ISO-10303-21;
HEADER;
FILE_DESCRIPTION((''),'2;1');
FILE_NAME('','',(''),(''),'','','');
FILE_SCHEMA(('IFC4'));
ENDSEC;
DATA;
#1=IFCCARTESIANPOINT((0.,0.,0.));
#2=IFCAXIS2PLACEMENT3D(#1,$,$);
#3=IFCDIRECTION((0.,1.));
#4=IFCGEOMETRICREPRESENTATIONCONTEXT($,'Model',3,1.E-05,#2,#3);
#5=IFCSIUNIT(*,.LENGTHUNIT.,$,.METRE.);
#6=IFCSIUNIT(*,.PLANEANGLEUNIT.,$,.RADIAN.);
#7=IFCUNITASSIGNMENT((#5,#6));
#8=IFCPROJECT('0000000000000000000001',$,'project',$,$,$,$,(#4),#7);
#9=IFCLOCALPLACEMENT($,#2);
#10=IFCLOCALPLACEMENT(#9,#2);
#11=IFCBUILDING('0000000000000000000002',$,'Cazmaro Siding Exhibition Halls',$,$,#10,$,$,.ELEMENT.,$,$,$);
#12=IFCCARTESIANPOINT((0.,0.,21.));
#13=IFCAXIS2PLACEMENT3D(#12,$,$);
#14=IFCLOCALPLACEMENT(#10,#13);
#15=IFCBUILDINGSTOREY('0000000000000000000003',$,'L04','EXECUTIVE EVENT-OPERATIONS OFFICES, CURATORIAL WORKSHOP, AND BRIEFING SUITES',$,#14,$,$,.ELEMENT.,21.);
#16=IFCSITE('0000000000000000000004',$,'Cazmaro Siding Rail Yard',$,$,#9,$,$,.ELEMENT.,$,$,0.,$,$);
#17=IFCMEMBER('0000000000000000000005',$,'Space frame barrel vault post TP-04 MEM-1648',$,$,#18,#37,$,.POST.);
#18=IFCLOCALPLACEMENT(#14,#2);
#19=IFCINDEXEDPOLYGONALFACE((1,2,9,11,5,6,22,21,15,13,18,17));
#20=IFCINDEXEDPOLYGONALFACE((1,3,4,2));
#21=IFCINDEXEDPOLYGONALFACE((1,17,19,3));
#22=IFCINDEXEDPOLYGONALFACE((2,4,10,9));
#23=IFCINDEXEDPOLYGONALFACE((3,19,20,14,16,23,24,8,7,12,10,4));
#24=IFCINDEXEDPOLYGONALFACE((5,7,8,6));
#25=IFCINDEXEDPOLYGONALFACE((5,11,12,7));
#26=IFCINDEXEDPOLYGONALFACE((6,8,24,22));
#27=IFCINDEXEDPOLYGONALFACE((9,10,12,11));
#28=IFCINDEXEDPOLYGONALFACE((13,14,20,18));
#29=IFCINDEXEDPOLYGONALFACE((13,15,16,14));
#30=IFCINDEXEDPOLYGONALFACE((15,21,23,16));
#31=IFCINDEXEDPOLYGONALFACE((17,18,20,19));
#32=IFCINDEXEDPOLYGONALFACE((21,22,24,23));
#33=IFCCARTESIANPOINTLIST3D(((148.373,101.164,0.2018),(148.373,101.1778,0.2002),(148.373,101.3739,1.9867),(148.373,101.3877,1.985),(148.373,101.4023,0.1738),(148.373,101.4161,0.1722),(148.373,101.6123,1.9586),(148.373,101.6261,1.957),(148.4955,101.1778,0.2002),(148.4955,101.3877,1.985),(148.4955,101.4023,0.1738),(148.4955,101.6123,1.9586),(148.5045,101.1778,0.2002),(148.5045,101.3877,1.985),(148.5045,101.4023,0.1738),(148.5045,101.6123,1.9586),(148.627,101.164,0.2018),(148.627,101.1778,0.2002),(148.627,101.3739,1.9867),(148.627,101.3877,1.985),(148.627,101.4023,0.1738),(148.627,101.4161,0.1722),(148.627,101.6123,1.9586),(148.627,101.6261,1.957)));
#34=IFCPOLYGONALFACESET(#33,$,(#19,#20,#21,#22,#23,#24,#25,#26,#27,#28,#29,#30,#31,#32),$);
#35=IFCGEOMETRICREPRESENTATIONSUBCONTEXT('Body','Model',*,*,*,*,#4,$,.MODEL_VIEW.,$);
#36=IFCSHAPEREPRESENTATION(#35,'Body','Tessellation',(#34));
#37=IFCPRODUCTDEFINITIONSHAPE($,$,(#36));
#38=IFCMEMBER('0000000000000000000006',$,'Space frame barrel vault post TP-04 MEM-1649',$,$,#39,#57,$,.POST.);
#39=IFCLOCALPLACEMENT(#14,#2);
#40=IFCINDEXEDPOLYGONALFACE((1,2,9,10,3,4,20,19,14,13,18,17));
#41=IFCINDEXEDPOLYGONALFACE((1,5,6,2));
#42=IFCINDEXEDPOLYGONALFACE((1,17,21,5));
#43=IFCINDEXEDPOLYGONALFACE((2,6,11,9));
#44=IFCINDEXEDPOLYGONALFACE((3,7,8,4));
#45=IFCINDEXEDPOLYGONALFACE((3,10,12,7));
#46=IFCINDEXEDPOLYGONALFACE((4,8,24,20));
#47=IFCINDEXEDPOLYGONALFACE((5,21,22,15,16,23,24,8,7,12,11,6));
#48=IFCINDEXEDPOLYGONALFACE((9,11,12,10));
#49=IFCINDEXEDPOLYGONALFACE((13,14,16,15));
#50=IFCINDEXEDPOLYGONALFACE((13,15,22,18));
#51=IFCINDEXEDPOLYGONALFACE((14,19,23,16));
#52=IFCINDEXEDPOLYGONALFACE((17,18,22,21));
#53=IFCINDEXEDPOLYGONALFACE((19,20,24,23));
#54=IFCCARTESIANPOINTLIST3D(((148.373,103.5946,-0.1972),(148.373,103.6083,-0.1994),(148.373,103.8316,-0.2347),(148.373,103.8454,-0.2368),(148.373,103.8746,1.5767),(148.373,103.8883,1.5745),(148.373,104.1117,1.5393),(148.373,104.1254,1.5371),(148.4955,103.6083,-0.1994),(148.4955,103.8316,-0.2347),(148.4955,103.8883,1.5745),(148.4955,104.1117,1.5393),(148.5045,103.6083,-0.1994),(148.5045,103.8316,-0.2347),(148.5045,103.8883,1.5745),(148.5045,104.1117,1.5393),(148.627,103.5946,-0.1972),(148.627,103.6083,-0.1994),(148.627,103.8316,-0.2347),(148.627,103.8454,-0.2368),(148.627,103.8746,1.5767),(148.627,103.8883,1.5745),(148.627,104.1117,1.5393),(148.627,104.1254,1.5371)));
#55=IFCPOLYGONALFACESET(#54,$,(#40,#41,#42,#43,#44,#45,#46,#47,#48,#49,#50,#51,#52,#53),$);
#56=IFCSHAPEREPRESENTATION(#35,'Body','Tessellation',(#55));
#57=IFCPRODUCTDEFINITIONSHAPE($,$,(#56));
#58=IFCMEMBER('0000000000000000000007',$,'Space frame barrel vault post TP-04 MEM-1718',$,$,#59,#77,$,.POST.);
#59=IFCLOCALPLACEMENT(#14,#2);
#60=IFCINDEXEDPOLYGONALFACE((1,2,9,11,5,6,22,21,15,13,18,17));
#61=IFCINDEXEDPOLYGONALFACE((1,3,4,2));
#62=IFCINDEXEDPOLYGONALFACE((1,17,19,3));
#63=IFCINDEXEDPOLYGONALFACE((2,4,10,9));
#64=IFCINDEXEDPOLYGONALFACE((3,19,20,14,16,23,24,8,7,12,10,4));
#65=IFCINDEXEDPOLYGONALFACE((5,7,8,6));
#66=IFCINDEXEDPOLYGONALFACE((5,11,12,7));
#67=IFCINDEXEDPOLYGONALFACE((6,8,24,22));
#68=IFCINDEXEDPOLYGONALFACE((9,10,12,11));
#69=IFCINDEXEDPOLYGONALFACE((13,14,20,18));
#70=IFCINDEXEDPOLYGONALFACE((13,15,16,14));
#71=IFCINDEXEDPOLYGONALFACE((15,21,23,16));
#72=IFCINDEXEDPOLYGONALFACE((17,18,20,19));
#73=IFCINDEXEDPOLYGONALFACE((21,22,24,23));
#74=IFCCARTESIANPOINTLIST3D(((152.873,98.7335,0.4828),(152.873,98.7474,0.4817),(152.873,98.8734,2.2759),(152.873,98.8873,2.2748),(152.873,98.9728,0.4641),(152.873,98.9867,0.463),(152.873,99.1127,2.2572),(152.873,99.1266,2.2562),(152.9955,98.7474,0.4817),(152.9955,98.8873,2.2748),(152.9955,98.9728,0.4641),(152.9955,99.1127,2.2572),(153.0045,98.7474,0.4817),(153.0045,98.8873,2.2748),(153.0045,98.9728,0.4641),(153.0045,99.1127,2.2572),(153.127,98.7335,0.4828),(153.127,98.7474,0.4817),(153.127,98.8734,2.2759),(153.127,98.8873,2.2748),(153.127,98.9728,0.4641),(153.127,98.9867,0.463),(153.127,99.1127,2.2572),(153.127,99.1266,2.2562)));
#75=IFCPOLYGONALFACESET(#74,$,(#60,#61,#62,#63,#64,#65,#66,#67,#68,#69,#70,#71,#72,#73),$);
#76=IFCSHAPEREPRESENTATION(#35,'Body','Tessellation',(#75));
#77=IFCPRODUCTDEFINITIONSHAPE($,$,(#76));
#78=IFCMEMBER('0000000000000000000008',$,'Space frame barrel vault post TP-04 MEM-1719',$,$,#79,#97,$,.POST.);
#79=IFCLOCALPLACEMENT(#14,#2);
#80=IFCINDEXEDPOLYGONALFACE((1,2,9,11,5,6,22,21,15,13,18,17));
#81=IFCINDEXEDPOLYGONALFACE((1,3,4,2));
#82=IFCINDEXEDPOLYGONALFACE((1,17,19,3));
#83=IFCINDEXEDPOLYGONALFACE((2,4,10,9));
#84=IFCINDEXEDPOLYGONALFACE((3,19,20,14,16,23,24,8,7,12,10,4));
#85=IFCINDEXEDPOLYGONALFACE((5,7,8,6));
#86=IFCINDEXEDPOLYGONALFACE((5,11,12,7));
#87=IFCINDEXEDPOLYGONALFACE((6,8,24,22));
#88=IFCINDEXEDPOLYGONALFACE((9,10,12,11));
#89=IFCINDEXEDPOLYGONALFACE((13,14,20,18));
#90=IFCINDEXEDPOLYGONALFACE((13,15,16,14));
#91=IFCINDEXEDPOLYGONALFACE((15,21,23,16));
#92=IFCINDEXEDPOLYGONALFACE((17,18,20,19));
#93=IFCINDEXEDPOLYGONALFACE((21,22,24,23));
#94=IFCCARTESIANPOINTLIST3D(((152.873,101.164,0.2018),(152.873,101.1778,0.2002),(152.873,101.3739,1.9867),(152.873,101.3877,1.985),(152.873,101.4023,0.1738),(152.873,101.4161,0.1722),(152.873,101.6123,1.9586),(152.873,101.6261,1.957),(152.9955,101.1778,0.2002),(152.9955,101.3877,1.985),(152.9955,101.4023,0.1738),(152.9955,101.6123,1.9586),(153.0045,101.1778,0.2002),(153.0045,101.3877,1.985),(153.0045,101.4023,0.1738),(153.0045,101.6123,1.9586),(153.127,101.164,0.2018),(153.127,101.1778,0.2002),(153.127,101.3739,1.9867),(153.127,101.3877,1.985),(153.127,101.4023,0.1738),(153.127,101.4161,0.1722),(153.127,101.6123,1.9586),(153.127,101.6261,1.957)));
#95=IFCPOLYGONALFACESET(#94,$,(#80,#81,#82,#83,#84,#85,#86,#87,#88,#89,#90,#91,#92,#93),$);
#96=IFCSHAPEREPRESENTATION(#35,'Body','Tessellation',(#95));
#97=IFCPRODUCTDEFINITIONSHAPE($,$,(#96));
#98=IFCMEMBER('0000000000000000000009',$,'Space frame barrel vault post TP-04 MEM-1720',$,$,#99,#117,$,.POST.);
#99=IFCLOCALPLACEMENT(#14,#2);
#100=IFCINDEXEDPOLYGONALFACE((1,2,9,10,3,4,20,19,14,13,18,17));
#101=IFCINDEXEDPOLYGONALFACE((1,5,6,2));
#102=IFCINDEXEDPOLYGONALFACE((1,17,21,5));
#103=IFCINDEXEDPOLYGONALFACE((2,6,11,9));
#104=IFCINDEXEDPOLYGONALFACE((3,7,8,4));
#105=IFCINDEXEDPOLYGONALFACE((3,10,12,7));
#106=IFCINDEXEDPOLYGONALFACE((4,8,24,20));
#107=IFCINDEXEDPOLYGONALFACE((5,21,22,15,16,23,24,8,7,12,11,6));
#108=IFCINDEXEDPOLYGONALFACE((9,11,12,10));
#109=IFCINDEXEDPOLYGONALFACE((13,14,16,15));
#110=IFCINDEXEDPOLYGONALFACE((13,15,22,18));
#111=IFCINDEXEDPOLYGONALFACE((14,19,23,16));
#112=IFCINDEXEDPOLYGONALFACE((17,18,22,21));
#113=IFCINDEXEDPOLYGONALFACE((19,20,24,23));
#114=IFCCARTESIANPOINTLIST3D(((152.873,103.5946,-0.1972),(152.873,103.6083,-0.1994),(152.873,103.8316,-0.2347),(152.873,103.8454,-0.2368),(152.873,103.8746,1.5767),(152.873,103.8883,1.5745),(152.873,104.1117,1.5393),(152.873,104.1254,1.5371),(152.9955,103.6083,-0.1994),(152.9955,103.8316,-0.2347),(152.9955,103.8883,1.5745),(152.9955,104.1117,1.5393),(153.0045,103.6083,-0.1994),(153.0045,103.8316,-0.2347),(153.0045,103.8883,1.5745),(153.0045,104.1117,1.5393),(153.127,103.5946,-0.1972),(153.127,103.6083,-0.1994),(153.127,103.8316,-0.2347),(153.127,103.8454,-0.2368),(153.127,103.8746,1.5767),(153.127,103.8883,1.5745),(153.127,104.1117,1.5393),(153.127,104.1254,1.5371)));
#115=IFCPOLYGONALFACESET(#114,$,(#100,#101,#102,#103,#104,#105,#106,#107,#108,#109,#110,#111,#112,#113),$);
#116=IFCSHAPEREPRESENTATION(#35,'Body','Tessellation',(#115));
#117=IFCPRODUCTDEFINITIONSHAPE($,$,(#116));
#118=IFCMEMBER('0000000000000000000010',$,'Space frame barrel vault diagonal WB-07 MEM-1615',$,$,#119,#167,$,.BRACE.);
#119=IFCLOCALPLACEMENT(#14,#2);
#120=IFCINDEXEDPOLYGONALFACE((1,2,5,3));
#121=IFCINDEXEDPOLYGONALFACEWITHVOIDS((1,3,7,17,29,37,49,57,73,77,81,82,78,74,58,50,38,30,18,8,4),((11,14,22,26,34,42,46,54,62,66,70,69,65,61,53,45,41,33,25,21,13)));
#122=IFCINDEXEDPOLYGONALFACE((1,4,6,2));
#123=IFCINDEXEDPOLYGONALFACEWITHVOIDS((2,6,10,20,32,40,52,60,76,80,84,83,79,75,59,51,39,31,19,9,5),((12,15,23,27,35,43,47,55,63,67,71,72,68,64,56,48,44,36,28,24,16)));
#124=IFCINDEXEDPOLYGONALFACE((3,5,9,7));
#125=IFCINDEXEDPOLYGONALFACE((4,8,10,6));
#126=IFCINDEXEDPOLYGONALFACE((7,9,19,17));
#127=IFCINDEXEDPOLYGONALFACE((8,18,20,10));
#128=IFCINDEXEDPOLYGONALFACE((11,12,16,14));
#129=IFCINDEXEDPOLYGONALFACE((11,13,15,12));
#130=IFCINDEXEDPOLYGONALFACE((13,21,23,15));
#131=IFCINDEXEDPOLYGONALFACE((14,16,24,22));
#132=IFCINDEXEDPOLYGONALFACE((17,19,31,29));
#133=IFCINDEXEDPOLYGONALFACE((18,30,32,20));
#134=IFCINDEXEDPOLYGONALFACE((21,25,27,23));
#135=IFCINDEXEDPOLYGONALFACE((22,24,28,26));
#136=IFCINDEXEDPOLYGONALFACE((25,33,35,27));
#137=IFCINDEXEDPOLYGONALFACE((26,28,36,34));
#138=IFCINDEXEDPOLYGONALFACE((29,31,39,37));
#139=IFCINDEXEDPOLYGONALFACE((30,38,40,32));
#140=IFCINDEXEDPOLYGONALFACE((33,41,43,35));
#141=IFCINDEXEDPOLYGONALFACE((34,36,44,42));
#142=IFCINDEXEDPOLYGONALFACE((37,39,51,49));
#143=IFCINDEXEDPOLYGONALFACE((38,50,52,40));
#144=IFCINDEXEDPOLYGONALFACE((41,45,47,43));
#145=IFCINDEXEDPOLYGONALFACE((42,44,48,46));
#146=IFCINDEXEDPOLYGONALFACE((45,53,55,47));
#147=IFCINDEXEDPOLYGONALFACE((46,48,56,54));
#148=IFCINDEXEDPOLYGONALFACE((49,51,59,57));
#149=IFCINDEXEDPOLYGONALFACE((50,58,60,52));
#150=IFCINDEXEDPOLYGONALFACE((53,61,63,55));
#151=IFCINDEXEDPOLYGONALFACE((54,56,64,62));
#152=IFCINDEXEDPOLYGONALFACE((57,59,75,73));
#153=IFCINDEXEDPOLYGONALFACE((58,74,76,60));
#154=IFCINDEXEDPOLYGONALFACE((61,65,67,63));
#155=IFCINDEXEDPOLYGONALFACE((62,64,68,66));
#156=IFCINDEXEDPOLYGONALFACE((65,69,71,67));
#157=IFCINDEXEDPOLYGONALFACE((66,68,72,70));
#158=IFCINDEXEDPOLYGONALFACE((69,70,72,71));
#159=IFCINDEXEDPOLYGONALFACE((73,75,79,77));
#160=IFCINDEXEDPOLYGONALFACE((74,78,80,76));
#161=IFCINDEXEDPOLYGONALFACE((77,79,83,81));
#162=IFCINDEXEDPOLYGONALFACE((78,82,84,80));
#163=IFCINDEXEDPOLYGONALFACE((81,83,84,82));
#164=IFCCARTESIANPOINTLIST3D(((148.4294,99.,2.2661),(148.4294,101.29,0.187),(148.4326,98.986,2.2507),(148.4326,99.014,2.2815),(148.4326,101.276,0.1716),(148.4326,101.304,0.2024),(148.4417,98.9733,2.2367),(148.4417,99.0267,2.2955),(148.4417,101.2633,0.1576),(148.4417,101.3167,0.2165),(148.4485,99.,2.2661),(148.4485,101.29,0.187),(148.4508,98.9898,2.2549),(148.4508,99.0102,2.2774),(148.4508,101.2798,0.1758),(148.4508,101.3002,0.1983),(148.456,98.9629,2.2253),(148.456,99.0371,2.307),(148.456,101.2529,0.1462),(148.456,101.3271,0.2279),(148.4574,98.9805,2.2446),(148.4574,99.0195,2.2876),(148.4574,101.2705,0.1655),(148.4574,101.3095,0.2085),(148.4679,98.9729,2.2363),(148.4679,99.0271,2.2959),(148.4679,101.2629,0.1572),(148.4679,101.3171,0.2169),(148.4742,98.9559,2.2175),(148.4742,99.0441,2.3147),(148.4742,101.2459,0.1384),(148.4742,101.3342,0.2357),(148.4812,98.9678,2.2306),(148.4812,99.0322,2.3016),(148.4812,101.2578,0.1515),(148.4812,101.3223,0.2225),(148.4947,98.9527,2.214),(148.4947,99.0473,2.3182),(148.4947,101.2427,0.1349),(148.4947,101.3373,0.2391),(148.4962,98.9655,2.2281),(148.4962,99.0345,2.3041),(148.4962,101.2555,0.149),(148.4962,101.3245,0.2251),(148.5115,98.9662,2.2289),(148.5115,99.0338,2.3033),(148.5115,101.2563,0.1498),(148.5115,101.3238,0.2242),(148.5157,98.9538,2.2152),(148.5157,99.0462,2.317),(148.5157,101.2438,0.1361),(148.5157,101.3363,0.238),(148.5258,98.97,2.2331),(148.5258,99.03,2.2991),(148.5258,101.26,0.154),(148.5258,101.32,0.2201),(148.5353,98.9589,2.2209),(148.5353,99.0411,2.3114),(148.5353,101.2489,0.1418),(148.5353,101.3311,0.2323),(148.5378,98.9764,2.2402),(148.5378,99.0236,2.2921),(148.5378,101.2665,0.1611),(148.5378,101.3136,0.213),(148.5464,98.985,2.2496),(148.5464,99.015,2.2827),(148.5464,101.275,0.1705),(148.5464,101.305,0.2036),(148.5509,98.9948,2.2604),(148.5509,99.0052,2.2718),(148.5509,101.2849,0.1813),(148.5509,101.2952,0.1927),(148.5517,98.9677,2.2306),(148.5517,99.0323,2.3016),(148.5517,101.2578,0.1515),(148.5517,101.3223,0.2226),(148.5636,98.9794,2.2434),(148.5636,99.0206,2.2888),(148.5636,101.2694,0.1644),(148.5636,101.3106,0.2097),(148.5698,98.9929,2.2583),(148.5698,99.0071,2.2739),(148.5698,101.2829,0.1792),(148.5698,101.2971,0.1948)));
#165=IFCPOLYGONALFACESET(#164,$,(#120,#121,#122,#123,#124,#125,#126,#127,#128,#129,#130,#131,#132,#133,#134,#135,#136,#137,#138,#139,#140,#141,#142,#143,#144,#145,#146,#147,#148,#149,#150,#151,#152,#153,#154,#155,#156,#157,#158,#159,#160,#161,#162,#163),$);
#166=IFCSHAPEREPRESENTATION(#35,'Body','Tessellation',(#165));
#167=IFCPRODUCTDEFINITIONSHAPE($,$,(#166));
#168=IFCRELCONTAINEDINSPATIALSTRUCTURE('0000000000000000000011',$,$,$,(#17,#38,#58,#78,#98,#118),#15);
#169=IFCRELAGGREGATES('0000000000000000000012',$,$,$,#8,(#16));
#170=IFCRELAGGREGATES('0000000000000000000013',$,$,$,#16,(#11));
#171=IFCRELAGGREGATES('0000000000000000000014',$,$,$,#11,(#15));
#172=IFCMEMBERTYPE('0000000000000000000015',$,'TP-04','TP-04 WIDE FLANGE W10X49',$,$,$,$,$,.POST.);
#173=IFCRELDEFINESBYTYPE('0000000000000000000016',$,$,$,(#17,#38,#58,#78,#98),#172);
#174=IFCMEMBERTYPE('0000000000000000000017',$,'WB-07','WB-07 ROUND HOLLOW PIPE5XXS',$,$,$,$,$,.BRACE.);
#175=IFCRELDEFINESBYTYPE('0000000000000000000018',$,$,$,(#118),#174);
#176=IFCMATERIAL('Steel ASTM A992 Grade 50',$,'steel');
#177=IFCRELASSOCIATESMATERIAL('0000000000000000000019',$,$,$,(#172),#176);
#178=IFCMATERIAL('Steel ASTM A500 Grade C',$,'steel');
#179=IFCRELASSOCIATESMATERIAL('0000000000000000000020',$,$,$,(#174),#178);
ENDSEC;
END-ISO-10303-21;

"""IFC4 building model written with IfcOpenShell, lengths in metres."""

from ifc_helpers import new_model, si_unit, direction, frame, origin, origin_2d, place, context, subcontext, project, spatial, hollow_circle, i_section, extrude, material, material_profile, profile_set, type_object, element, save


model = new_model("IFC4")

# Units and contexts
model_context = context("Model", 3, precision=1e-05, world=origin(), true_north=direction((0.0, 1.0)))
body_context = subcontext(model_context, "Body", "Model", "MODEL_VIEW")
ifc_project = project(units=[si_unit("LENGTHUNIT", "METRE"), si_unit("PLANEANGLEUNIT", "RADIAN")], contexts=[model_context])

# Site, building, storey
site_placement = place(None, origin())
site = spatial("IfcSite", under=ifc_project, at=site_placement, Name="Cazmaro Siding Rail Yard", CompositionType="ELEMENT", RefElevation=0.0)
building_placement = place(site_placement, origin())
building = spatial("IfcBuilding", under=site, at=building_placement, Name="Cazmaro Siding Exhibition Halls", CompositionType="ELEMENT")
storey_placement = place(building_placement, frame((0.0, 0.0, 21.0)))
storey = spatial("IfcBuildingStorey", under=building, at=storey_placement, Name="L04", Description="EXECUTIVE EVENT-OPERATIONS OFFICES, CURATORIAL WORKSHOP, AND BRIEFING SUITES", CompositionType="ELEMENT", Elevation=21.0)

# Members
ifc_material_1 = material(Name="Steel ASTM A992 Grade 50", Category="steel")
ifc_material_profile_1 = material_profile(ifc_material_1, i_section(OverallWidth=0.2539, OverallDepth=0.2539, WebThickness=0.009, FlangeThickness=0.0139, at=origin_2d()), Name="W10X49")
ifc_profile_set_1 = profile_set([ifc_material_profile_1], Name="Steel ASTM A992 Grade 50")
member_type_1 = type_object("IfcMemberType", Name="TP-04", Description="TP-04 WIDE FLANGE W10X49", PredefinedType="POST", material=ifc_profile_set_1)
member_1_placement = place(storey_placement, frame((148.5, 101.29, 0.187), z_axis=(0.0, 0.116825, 0.993152), x_axis=(-1.0, 0.0, 0.0)))
element("IfcMember", 1, at=member_1_placement, inside=storey, type_object=member_type_1, Name="Space frame barrel vault post TP-04 MEM-1648", PredefinedType="POST", context=body_context, shape_type="SweptSolid", body=[
    extrude(i_section(OverallWidth=0.2539, OverallDepth=0.2539, WebThickness=0.009, FlangeThickness=0.0139, at=origin_2d()), origin(), (0.0, 0.0, 1.0), 1.7971),
])
member_2_placement = place(storey_placement, frame((148.5, 103.72, -0.217), z_axis=(0.0, 0.155928, 0.987768), x_axis=(-1.0, 0.0, 0.0)))
element("IfcMember", 2, at=member_2_placement, inside=storey, type_object=member_type_1, Name="Space frame barrel vault post TP-04 MEM-1649", PredefinedType="POST", context=body_context, shape_type="SweptSolid", body=[
    extrude(i_section(OverallWidth=0.2539, OverallDepth=0.2539, WebThickness=0.009, FlangeThickness=0.0139, at=origin_2d()), origin(), (0.0, 0.0, 1.0), 1.7959),
])
member_3_placement = place(storey_placement, frame((153.0, 98.8601, 0.4729), z_axis=(0.0, 0.077776, 0.996971), x_axis=(-1.0, 0.0, 0.0)))
element("IfcMember", 3, at=member_3_placement, inside=storey, type_object=member_type_1, Name="Space frame barrel vault post TP-04 MEM-1718", PredefinedType="POST", context=body_context, shape_type="SweptSolid", body=[
    extrude(i_section(OverallWidth=0.2539, OverallDepth=0.2539, WebThickness=0.009, FlangeThickness=0.0139, at=origin_2d()), origin(), (0.0, 0.0, 1.0), 1.7986),
])
member_4_placement = place(storey_placement, frame((153.0, 101.29, 0.187), z_axis=(0.0, 0.116825, 0.993152), x_axis=(-1.0, 0.0, 0.0)))
element("IfcMember", 4, at=member_4_placement, inside=storey, type_object=member_type_1, Name="Space frame barrel vault post TP-04 MEM-1719", PredefinedType="POST", context=body_context, shape_type="SweptSolid", body=[
    extrude(i_section(OverallWidth=0.2539, OverallDepth=0.2539, WebThickness=0.009, FlangeThickness=0.0139, at=origin_2d()), origin(), (0.0, 0.0, 1.0), 1.7971),
])
member_5_placement = place(storey_placement, frame((153.0, 103.72, -0.217), z_axis=(0.0, 0.155928, 0.987768), x_axis=(-1.0, 0.0, 0.0)))
element("IfcMember", 5, at=member_5_placement, inside=storey, type_object=member_type_1, Name="Space frame barrel vault post TP-04 MEM-1720", PredefinedType="POST", context=body_context, shape_type="SweptSolid", body=[
    extrude(i_section(OverallWidth=0.2539, OverallDepth=0.2539, WebThickness=0.009, FlangeThickness=0.0139, at=origin_2d()), origin(), (0.0, 0.0, 1.0), 1.7959),
])
ifc_material_2 = material(Name="Steel ASTM A500 Grade C", Category="steel")
ifc_material_profile_2 = material_profile(ifc_material_2, hollow_circle(Radius=0.0706, WallThickness=0.019, at=origin_2d()), Name="PIPE5XXS")
ifc_profile_set_2 = profile_set([ifc_material_profile_2], Name="Steel ASTM A500 Grade C")
member_type_2 = type_object("IfcMemberType", Name="WB-07", Description="WB-07 ROUND HOLLOW PIPE5XXS", PredefinedType="BRACE", material=ifc_profile_set_2)
for number, where, z_axis, x_axis, name in (
    (6, (148.5, 99.0, 2.2661), (0.0, 0.740383, -0.672185), (-1.0, 0.0, 0.0), "Space frame barrel vault diagonal WB-07 MEM-1615"),
):
    element("IfcMember", number, at=place(storey_placement, frame(where, z_axis=z_axis, x_axis=x_axis)), inside=storey, type_object=member_type_2, Name=name, PredefinedType="BRACE", context=body_context, shape_type="SweptSolid", body=[
        extrude(hollow_circle(Radius=0.0706, WallThickness=0.019, at=origin_2d()), origin(), (0.0, 0.0, 1.0), 3.093),
    ])

save(model, "model.ifc")
